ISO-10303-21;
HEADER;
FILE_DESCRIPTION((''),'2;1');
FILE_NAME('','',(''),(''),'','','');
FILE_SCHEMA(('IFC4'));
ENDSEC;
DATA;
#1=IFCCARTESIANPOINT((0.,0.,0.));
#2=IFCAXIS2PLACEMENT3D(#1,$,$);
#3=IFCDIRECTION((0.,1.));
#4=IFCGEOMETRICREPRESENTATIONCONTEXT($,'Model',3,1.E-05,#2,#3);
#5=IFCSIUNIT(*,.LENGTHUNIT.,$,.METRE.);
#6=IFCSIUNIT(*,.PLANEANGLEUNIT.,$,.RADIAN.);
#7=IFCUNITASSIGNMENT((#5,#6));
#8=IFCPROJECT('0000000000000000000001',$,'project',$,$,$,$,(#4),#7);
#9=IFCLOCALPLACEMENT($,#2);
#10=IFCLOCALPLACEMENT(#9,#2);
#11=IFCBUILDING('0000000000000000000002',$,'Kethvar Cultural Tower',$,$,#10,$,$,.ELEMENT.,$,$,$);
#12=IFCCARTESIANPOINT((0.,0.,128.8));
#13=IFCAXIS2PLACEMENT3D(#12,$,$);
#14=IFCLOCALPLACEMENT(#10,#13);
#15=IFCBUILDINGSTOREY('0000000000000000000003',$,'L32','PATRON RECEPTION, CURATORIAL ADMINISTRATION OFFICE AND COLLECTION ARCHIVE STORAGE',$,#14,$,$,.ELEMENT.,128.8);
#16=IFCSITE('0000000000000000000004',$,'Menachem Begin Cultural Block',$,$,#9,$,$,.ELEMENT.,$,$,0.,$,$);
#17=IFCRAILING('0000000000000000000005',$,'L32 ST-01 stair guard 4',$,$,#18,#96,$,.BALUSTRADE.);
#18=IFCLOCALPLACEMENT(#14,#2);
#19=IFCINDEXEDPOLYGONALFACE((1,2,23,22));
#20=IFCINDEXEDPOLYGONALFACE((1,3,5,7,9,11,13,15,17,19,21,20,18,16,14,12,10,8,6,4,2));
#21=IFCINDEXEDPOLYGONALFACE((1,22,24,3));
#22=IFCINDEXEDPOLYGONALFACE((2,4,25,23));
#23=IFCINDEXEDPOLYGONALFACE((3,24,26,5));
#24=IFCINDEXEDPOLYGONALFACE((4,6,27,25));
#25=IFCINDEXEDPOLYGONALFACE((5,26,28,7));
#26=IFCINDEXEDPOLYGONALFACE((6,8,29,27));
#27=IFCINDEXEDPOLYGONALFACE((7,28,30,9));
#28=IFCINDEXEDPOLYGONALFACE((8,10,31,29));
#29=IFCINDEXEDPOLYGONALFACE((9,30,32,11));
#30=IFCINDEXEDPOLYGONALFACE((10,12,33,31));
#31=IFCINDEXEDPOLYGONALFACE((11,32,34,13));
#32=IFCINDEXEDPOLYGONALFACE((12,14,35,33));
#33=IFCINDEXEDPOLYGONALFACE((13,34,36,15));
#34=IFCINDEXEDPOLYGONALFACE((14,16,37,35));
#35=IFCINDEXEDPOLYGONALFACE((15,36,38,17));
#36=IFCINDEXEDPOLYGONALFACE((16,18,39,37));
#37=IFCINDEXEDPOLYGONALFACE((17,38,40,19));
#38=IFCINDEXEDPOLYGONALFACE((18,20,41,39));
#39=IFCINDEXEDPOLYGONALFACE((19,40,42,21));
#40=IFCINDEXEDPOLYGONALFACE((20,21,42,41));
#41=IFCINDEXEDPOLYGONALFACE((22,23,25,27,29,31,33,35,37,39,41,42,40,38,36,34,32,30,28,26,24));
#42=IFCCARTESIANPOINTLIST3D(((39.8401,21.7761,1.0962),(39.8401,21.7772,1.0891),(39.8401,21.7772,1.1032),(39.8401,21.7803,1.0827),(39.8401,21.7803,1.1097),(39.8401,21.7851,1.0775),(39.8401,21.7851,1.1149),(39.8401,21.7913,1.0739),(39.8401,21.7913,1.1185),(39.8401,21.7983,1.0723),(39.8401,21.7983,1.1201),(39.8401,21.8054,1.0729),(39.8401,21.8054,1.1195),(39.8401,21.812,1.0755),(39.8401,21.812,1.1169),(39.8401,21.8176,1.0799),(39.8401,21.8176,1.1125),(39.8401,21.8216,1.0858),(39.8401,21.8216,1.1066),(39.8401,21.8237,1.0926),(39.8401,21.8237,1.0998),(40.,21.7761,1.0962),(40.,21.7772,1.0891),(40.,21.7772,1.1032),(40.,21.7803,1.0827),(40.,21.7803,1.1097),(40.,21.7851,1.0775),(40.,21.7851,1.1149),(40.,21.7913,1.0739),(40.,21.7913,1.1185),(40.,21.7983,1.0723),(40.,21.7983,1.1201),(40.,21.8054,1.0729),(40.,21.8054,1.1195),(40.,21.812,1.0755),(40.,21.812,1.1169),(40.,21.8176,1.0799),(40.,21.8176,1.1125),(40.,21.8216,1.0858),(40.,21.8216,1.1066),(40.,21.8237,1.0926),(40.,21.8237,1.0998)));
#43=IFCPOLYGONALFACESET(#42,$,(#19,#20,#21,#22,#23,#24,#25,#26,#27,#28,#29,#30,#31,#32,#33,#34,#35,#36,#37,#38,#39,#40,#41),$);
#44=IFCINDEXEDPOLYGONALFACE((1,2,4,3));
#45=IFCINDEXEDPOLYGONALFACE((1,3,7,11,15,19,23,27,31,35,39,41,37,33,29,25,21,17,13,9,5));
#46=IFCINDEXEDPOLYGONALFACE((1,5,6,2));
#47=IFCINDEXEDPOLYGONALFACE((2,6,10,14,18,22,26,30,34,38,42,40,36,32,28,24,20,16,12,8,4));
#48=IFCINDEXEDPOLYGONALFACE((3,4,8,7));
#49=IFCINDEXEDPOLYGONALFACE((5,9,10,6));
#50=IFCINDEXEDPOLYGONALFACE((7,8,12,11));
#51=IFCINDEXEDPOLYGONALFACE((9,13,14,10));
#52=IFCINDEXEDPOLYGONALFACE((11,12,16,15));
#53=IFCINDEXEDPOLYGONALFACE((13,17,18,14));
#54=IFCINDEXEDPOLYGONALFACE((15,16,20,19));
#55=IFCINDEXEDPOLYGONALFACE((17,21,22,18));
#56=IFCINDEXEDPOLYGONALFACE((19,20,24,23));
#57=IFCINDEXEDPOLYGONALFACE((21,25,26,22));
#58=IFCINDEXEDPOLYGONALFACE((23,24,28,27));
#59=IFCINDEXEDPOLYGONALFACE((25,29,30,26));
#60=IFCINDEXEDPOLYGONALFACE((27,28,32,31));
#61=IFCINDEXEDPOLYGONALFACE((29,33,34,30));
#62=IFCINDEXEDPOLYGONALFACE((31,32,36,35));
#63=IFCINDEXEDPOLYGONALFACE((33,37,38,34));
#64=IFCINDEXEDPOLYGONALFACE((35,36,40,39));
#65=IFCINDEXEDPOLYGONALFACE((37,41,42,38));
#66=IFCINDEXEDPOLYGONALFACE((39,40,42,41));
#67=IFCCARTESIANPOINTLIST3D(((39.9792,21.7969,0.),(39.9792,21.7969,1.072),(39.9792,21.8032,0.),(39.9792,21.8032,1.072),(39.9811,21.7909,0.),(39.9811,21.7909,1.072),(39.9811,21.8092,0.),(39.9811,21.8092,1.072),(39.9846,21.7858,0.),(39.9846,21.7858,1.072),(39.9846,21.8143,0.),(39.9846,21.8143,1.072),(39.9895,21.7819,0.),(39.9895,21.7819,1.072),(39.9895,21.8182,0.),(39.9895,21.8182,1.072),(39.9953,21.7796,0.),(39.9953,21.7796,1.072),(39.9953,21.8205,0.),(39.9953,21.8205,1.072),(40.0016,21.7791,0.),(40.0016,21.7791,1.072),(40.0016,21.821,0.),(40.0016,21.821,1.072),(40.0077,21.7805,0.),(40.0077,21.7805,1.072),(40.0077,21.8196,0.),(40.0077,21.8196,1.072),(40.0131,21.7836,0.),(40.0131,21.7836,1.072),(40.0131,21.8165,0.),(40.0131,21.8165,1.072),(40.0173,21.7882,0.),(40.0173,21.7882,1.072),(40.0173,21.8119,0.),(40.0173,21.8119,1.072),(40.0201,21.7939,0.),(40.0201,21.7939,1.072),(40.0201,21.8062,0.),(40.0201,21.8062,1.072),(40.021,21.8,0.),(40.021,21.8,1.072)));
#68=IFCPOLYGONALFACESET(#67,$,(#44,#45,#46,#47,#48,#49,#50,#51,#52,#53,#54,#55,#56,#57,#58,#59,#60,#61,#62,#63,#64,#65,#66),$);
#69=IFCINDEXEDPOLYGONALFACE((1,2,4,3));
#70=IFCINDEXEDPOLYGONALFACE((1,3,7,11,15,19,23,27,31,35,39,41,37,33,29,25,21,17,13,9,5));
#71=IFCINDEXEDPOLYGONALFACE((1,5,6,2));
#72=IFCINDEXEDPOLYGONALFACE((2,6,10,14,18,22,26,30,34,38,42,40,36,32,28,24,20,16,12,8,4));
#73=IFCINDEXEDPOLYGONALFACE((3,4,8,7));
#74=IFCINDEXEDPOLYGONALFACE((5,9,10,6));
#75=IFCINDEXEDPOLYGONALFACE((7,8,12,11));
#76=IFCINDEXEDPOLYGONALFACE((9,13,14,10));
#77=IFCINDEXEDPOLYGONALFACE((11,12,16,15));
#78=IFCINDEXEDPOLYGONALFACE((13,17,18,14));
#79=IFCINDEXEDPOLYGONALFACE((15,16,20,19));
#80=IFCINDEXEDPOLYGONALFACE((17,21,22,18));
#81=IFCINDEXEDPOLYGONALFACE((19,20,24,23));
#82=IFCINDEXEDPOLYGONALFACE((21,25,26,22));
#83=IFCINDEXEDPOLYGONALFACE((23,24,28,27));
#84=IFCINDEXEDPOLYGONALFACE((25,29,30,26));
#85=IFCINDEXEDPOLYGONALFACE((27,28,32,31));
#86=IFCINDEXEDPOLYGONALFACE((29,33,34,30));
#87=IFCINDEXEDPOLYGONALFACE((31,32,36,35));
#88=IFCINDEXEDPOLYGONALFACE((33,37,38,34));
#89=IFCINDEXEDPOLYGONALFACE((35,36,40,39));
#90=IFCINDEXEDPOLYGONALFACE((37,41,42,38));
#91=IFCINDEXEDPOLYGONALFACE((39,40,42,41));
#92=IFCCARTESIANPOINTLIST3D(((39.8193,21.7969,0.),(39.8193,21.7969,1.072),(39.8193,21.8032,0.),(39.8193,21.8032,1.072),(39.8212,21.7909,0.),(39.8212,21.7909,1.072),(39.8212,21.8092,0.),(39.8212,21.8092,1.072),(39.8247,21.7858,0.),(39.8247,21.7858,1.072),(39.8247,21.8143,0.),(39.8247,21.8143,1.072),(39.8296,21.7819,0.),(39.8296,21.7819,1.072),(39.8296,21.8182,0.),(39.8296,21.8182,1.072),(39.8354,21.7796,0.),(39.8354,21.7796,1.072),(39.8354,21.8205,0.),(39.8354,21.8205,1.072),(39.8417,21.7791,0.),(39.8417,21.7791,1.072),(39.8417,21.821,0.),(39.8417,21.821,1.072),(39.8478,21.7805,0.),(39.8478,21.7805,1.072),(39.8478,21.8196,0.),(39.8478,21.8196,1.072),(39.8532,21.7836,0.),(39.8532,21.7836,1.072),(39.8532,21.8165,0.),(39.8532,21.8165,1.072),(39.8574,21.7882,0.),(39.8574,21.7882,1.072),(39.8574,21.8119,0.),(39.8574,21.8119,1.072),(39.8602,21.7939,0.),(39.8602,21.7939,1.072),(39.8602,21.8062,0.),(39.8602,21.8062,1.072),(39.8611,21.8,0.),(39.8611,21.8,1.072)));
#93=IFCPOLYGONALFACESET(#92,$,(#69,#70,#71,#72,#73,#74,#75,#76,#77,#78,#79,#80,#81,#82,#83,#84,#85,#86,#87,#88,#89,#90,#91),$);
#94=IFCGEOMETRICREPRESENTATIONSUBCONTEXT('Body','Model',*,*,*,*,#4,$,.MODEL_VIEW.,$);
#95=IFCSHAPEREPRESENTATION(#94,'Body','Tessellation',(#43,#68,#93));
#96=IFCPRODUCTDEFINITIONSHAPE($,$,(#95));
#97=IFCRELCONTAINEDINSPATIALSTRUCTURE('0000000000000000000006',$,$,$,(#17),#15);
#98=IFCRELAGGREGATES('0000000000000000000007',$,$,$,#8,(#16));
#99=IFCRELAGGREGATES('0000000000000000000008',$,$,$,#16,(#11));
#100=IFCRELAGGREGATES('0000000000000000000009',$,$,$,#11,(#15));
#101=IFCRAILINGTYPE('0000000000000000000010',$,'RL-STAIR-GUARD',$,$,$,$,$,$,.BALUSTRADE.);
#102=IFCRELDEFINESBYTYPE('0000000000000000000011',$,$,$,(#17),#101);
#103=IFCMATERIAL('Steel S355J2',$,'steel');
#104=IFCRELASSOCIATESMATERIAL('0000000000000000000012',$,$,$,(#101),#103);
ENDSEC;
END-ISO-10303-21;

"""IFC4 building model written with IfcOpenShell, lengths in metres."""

from ifc_helpers import new_model, si_unit, direction, frame, origin, origin_2d, place, context, subcontext, project, spatial, circle, extrude, material, type_object, element, save


model = new_model("IFC4")

# Units and contexts
model_context = context("Model", 3, precision=1e-05, world=origin(), true_north=direction((0.0, 1.0)))
body_context = subcontext(model_context, "Body", "Model", "MODEL_VIEW")
ifc_project = project(units=[si_unit("LENGTHUNIT", "METRE"), si_unit("PLANEANGLEUNIT", "RADIAN")], contexts=[model_context])

# Site, building, storey
site_placement = place(None, origin())
site = spatial("IfcSite", under=ifc_project, at=site_placement, Name="Menachem Begin Cultural Block", CompositionType="ELEMENT", RefElevation=0.0)
building_placement = place(site_placement, origin())
building = spatial("IfcBuilding", under=site, at=building_placement, Name="Kethvar Cultural Tower", CompositionType="ELEMENT")
storey_placement = place(building_placement, frame((0.0, 0.0, 128.8)))
storey = spatial("IfcBuildingStorey", under=building, at=storey_placement, Name="L32", Description="PATRON RECEPTION, CURATORIAL ADMINISTRATION OFFICE AND COLLECTION ARCHIVE STORAGE", CompositionType="ELEMENT", Elevation=128.8)

# Shared definitions
ifc_material_1 = material(Name="Steel S355J2", Category="steel")

# Railing
railing_type_1 = type_object("IfcRailingType", Name="RL-STAIR-GUARD", PredefinedType="BALUSTRADE", material=ifc_material_1)
railing_1_placement = place(storey_placement, frame((40.0, 21.8, 0.0)))
element("IfcRailing", 1, at=railing_1_placement, inside=storey, type_object=railing_type_1, Name="L32 ST-01 stair guard 4", PredefinedType="BALUSTRADE", context=body_context, shape_type="SweptSolid", body=[
    extrude(circle(Radius=0.0239, at=origin_2d()), frame((0.0, 0.0, 1.0962), z_axis=(-1.0, 0.0, 0.0), x_axis=(0.0, -1.0, 0.0)), (0.0, 0.0, 1.0), 0.1599),
    extrude(circle(Radius=0.021, at=origin_2d()), origin(), (0.0, 0.0, 1.0), 1.072),
    extrude(circle(Radius=0.021, at=origin_2d()), frame((-0.1599, 0.0, 0.0)), (0.0, 0.0, 1.0), 1.072),
])

save(model, "model.ifc")
